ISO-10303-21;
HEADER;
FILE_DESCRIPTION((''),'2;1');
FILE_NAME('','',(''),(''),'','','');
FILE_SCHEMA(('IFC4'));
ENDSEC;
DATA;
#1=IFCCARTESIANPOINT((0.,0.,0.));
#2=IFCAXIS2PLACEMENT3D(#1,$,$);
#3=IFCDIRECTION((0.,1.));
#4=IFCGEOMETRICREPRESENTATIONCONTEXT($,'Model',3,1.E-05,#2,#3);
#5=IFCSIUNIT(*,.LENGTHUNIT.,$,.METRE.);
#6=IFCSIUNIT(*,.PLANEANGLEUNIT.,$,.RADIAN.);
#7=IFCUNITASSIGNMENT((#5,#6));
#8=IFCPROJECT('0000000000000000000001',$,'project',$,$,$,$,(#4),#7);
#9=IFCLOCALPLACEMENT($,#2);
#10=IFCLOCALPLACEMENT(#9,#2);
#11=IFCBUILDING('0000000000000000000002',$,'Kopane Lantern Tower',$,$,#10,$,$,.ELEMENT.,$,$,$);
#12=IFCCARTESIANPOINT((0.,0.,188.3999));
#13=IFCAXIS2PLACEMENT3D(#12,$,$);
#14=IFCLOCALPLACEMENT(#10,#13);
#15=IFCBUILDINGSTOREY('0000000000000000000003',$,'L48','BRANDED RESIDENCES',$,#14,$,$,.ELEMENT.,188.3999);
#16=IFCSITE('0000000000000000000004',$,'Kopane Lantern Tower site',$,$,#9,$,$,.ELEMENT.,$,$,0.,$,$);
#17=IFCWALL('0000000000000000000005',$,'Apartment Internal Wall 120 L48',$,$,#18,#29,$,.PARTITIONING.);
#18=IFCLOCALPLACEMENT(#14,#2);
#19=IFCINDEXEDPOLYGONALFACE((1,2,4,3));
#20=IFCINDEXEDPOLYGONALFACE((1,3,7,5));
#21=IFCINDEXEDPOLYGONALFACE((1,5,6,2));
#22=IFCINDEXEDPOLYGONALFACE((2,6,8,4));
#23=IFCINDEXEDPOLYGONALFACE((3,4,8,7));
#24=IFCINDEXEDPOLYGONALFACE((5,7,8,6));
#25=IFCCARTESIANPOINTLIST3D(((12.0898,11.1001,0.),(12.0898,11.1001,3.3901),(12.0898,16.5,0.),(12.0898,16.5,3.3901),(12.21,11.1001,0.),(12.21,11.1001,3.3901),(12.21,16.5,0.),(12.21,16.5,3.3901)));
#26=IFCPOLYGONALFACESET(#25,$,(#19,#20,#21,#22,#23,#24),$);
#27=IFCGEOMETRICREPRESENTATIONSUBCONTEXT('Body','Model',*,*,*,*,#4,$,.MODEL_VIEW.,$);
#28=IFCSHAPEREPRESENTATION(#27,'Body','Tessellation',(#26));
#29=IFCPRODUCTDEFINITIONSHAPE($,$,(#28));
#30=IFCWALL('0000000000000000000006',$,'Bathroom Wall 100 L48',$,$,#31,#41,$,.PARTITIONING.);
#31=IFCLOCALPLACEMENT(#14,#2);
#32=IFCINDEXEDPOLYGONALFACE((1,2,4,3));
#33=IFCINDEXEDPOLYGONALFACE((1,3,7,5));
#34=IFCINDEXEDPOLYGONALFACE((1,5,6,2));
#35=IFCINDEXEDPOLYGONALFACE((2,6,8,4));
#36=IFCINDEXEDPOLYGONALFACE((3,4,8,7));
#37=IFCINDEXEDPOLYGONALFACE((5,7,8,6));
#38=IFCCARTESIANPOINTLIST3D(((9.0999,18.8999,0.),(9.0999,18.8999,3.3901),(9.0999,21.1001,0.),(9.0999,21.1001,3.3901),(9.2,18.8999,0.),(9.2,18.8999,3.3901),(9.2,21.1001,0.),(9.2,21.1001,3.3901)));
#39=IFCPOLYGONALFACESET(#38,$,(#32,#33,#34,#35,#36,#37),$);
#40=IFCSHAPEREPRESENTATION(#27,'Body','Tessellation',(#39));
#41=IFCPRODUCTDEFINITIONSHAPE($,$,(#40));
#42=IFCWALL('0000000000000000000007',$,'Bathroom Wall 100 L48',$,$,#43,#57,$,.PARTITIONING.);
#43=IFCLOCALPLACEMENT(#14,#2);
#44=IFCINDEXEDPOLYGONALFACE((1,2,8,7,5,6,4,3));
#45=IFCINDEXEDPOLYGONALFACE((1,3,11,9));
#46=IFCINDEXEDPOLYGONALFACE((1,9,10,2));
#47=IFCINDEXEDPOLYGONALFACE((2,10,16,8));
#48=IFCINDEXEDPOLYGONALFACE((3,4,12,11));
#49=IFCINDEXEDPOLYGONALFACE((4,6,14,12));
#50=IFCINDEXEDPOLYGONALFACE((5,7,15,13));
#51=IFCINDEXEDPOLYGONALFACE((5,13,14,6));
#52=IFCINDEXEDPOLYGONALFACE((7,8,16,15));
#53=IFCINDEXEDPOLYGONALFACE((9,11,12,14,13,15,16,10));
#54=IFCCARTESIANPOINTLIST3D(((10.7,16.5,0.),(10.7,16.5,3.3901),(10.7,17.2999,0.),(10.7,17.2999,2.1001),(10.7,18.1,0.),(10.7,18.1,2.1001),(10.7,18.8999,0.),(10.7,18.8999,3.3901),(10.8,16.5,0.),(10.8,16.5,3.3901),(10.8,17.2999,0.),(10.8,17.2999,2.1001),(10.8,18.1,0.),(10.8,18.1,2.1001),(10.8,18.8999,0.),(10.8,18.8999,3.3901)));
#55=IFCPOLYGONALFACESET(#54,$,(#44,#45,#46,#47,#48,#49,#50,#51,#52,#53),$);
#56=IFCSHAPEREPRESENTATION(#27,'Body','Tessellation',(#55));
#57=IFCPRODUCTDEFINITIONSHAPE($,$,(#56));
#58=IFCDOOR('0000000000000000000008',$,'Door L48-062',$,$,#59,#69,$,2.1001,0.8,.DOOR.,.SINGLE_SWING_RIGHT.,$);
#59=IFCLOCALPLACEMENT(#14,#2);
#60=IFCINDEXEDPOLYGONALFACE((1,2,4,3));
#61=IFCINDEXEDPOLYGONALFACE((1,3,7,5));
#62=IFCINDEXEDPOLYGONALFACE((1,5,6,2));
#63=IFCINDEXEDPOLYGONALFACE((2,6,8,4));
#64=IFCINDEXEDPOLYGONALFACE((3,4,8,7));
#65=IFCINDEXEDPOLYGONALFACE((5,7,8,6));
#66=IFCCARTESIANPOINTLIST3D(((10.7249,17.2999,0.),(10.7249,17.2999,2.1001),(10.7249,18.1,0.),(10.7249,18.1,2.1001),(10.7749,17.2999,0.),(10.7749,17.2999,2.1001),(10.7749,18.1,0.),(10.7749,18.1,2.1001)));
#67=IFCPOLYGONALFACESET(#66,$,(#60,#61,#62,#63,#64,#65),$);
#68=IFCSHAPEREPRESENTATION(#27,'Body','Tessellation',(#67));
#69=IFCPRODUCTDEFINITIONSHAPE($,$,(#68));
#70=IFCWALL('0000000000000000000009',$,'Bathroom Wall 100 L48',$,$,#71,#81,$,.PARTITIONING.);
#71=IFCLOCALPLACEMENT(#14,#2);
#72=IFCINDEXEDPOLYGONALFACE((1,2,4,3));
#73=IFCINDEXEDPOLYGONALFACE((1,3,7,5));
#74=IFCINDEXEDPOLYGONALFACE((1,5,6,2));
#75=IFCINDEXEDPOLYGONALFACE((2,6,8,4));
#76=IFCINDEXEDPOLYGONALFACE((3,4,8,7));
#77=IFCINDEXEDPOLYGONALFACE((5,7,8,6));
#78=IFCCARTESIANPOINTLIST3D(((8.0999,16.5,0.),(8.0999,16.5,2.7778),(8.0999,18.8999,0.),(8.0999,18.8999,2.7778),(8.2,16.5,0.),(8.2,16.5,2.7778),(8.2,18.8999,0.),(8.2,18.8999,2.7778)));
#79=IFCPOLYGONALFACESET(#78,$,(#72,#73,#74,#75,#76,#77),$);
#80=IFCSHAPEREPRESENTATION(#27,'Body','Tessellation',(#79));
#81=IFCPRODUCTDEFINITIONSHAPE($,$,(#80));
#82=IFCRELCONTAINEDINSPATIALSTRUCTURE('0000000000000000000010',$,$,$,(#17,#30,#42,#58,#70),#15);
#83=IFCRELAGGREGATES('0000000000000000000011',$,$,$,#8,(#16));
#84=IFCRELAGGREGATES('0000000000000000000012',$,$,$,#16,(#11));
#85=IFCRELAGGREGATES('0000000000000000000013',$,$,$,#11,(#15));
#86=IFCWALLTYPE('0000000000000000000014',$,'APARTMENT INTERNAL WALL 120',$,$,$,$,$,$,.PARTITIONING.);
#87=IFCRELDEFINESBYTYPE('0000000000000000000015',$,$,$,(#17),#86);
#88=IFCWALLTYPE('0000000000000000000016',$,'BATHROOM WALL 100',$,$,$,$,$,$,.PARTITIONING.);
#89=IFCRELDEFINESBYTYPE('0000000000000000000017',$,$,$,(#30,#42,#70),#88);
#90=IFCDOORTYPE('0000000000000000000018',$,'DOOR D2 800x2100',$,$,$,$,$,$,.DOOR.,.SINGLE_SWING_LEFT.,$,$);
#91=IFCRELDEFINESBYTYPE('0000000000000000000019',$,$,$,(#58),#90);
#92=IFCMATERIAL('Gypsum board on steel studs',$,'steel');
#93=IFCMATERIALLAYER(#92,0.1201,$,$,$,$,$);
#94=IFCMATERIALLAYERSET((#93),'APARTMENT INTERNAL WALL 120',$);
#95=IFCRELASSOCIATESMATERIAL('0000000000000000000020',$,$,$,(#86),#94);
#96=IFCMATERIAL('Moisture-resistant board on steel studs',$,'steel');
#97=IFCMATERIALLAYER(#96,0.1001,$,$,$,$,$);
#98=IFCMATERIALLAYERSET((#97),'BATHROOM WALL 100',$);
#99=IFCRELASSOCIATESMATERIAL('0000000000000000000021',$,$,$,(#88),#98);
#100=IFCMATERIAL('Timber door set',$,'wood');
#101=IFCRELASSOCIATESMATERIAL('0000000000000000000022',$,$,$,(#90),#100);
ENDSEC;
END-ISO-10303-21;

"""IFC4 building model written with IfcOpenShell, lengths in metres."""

from ifc_helpers import new_model, si_unit, direction, frame, frame_2d, origin, place, context, subcontext, project, spatial, rectangle, extrude, material, layer, layer_set, type_object, element, fill, save


model = new_model("IFC4")

# Units and contexts
model_context = context("Model", 3, precision=1e-05, world=origin(), true_north=direction((0.0, 1.0)))
body_context = subcontext(model_context, "Body", "Model", "MODEL_VIEW")
ifc_project = project(units=[si_unit("LENGTHUNIT", "METRE"), si_unit("PLANEANGLEUNIT", "RADIAN")], contexts=[model_context])

# Site, building, storey
site_placement = place(None, origin())
site = spatial("IfcSite", under=ifc_project, at=site_placement, Name="Kopane Lantern Tower site", CompositionType="ELEMENT", RefElevation=0.0)
building_placement = place(site_placement, origin())
building = spatial("IfcBuilding", under=site, at=building_placement, Name="Kopane Lantern Tower", CompositionType="ELEMENT")
storey_placement = place(building_placement, frame((0.0, 0.0, 188.3999)))
storey = spatial("IfcBuildingStorey", under=building, at=storey_placement, Name="L48", Description="BRANDED RESIDENCES", CompositionType="ELEMENT", Elevation=188.3999)

# Walls
ifc_material_1 = material(Name="Gypsum board on steel studs", Category="steel")
ifc_layer_1 = layer(ifc_material_1, 0.1201)
ifc_layer_set_1 = layer_set([ifc_layer_1], Name="APARTMENT INTERNAL WALL 120")
wall_type_1 = type_object("IfcWallType", Name="APARTMENT INTERNAL WALL 120", PredefinedType="PARTITIONING", material=ifc_layer_set_1)
wall_1_placement = place(storey_placement, frame((12.1499, 16.5, 0.0), z_axis=(0.0, 0.0, 1.0), x_axis=(0.0, -1.0, 0.0)))
element("IfcWall", 1, at=wall_1_placement, inside=storey, type_object=wall_type_1, Name="Apartment Internal Wall 120 L48", PredefinedType="PARTITIONING", context=body_context, shape_type="SweptSolid", body=[
    extrude(rectangle(XDim=5.3999, YDim=0.1201, at=frame_2d((2.7, 0.0))), origin(), (0.0, 0.0, 1.0), 3.3901),
])
ifc_material_2 = material(Name="Moisture-resistant board on steel studs", Category="steel")
ifc_layer_2 = layer(ifc_material_2, 0.1001)
ifc_layer_set_2 = layer_set([ifc_layer_2], Name="BATHROOM WALL 100")
wall_type_2 = type_object("IfcWallType", Name="BATHROOM WALL 100", PredefinedType="PARTITIONING", material=ifc_layer_set_2)
wall_2_placement = place(storey_placement, frame((9.1499, 18.8999, 0.0), z_axis=(0.0, 0.0, 1.0), x_axis=(0.0, 1.0, 0.0)))
element("IfcWall", 2, at=wall_2_placement, inside=storey, type_object=wall_type_2, Name="Bathroom Wall 100 L48", PredefinedType="PARTITIONING", context=body_context, shape_type="SweptSolid", body=[
    extrude(rectangle(XDim=2.2002, YDim=0.1001, at=frame_2d((1.1001, 0.0))), origin(), (0.0, 0.0, 1.0), 3.3901),
])

# Wall, opening, door
wall_3_placement = place(storey_placement, frame((10.75, 18.8999, 0.0), z_axis=(0.0, 0.0, 1.0), x_axis=(0.0, -1.0, 0.0)))
wall_3 = element("IfcWall", 3, at=wall_3_placement, inside=storey, type_object=wall_type_2, Name="Bathroom Wall 100 L48", PredefinedType="PARTITIONING", context=body_context, shape_type="SweptSolid", body=[
    extrude(rectangle(XDim=2.3999, YDim=0.1001, at=frame_2d((1.2, 0.0))), origin(), (0.0, 0.0, 1.0), 3.3901),
])
opening_1_placement = place(wall_3_placement, frame((0.8, 0.0, 0.0)))
opening_1 = element("IfcOpeningElement", 4, at=opening_1_placement, cuts=wall_3, PredefinedType="OPENING", context=body_context, shape_type="SweptSolid", body=[
    extrude(rectangle(XDim=0.8, YDim=2.1001, at=frame_2d((0.3999, 1.05))), frame((0.0, 0.0601, 0.0), z_axis=(0.0, -1.0, 0.0), x_axis=(1.0, 0.0, 0.0)), (0.0, 0.0, 1.0), 0.1201),
])
ifc_material_3 = material(Name="Timber door set", Category="wood")
door_type_1 = type_object("IfcDoorType", Name="DOOR D2 800x2100", OperationType="SINGLE_SWING_LEFT", PredefinedType="DOOR", material=ifc_material_3)
door_1_placement = place(opening_1_placement, origin())
door_1 = element("IfcDoor", 5, at=door_1_placement, inside=storey, type_object=door_type_1, Name="Door L48-062", OperationType="SINGLE_SWING_RIGHT", OverallHeight=2.1001, OverallWidth=0.8, PredefinedType="DOOR", context=body_context, shape_type="SweptSolid", body=[
    extrude(rectangle(XDim=0.8, YDim=2.1001, at=frame_2d((0.3999, 1.05))), frame((0.0, 0.0249, 0.0), z_axis=(0.0, -1.0, 0.0), x_axis=(1.0, 0.0, 0.0)), (0.0, 0.0, 1.0), 0.05),
])
fill(opening_1, door_1)

# Wall
wall_4_placement = place(storey_placement, frame((8.1499, 18.8999, 0.0), z_axis=(0.0, 0.0, 1.0), x_axis=(0.0, -1.0, 0.0)))
element("IfcWall", 6, at=wall_4_placement, inside=storey, type_object=wall_type_2, Name="Bathroom Wall 100 L48", PredefinedType="PARTITIONING", context=body_context, shape_type="SweptSolid", body=[
    extrude(rectangle(XDim=2.3999, YDim=0.1001, at=frame_2d((1.2, 0.0))), origin(), (0.0, 0.0, 1.0), 2.7778),
])

save(model, "model.ifc")
